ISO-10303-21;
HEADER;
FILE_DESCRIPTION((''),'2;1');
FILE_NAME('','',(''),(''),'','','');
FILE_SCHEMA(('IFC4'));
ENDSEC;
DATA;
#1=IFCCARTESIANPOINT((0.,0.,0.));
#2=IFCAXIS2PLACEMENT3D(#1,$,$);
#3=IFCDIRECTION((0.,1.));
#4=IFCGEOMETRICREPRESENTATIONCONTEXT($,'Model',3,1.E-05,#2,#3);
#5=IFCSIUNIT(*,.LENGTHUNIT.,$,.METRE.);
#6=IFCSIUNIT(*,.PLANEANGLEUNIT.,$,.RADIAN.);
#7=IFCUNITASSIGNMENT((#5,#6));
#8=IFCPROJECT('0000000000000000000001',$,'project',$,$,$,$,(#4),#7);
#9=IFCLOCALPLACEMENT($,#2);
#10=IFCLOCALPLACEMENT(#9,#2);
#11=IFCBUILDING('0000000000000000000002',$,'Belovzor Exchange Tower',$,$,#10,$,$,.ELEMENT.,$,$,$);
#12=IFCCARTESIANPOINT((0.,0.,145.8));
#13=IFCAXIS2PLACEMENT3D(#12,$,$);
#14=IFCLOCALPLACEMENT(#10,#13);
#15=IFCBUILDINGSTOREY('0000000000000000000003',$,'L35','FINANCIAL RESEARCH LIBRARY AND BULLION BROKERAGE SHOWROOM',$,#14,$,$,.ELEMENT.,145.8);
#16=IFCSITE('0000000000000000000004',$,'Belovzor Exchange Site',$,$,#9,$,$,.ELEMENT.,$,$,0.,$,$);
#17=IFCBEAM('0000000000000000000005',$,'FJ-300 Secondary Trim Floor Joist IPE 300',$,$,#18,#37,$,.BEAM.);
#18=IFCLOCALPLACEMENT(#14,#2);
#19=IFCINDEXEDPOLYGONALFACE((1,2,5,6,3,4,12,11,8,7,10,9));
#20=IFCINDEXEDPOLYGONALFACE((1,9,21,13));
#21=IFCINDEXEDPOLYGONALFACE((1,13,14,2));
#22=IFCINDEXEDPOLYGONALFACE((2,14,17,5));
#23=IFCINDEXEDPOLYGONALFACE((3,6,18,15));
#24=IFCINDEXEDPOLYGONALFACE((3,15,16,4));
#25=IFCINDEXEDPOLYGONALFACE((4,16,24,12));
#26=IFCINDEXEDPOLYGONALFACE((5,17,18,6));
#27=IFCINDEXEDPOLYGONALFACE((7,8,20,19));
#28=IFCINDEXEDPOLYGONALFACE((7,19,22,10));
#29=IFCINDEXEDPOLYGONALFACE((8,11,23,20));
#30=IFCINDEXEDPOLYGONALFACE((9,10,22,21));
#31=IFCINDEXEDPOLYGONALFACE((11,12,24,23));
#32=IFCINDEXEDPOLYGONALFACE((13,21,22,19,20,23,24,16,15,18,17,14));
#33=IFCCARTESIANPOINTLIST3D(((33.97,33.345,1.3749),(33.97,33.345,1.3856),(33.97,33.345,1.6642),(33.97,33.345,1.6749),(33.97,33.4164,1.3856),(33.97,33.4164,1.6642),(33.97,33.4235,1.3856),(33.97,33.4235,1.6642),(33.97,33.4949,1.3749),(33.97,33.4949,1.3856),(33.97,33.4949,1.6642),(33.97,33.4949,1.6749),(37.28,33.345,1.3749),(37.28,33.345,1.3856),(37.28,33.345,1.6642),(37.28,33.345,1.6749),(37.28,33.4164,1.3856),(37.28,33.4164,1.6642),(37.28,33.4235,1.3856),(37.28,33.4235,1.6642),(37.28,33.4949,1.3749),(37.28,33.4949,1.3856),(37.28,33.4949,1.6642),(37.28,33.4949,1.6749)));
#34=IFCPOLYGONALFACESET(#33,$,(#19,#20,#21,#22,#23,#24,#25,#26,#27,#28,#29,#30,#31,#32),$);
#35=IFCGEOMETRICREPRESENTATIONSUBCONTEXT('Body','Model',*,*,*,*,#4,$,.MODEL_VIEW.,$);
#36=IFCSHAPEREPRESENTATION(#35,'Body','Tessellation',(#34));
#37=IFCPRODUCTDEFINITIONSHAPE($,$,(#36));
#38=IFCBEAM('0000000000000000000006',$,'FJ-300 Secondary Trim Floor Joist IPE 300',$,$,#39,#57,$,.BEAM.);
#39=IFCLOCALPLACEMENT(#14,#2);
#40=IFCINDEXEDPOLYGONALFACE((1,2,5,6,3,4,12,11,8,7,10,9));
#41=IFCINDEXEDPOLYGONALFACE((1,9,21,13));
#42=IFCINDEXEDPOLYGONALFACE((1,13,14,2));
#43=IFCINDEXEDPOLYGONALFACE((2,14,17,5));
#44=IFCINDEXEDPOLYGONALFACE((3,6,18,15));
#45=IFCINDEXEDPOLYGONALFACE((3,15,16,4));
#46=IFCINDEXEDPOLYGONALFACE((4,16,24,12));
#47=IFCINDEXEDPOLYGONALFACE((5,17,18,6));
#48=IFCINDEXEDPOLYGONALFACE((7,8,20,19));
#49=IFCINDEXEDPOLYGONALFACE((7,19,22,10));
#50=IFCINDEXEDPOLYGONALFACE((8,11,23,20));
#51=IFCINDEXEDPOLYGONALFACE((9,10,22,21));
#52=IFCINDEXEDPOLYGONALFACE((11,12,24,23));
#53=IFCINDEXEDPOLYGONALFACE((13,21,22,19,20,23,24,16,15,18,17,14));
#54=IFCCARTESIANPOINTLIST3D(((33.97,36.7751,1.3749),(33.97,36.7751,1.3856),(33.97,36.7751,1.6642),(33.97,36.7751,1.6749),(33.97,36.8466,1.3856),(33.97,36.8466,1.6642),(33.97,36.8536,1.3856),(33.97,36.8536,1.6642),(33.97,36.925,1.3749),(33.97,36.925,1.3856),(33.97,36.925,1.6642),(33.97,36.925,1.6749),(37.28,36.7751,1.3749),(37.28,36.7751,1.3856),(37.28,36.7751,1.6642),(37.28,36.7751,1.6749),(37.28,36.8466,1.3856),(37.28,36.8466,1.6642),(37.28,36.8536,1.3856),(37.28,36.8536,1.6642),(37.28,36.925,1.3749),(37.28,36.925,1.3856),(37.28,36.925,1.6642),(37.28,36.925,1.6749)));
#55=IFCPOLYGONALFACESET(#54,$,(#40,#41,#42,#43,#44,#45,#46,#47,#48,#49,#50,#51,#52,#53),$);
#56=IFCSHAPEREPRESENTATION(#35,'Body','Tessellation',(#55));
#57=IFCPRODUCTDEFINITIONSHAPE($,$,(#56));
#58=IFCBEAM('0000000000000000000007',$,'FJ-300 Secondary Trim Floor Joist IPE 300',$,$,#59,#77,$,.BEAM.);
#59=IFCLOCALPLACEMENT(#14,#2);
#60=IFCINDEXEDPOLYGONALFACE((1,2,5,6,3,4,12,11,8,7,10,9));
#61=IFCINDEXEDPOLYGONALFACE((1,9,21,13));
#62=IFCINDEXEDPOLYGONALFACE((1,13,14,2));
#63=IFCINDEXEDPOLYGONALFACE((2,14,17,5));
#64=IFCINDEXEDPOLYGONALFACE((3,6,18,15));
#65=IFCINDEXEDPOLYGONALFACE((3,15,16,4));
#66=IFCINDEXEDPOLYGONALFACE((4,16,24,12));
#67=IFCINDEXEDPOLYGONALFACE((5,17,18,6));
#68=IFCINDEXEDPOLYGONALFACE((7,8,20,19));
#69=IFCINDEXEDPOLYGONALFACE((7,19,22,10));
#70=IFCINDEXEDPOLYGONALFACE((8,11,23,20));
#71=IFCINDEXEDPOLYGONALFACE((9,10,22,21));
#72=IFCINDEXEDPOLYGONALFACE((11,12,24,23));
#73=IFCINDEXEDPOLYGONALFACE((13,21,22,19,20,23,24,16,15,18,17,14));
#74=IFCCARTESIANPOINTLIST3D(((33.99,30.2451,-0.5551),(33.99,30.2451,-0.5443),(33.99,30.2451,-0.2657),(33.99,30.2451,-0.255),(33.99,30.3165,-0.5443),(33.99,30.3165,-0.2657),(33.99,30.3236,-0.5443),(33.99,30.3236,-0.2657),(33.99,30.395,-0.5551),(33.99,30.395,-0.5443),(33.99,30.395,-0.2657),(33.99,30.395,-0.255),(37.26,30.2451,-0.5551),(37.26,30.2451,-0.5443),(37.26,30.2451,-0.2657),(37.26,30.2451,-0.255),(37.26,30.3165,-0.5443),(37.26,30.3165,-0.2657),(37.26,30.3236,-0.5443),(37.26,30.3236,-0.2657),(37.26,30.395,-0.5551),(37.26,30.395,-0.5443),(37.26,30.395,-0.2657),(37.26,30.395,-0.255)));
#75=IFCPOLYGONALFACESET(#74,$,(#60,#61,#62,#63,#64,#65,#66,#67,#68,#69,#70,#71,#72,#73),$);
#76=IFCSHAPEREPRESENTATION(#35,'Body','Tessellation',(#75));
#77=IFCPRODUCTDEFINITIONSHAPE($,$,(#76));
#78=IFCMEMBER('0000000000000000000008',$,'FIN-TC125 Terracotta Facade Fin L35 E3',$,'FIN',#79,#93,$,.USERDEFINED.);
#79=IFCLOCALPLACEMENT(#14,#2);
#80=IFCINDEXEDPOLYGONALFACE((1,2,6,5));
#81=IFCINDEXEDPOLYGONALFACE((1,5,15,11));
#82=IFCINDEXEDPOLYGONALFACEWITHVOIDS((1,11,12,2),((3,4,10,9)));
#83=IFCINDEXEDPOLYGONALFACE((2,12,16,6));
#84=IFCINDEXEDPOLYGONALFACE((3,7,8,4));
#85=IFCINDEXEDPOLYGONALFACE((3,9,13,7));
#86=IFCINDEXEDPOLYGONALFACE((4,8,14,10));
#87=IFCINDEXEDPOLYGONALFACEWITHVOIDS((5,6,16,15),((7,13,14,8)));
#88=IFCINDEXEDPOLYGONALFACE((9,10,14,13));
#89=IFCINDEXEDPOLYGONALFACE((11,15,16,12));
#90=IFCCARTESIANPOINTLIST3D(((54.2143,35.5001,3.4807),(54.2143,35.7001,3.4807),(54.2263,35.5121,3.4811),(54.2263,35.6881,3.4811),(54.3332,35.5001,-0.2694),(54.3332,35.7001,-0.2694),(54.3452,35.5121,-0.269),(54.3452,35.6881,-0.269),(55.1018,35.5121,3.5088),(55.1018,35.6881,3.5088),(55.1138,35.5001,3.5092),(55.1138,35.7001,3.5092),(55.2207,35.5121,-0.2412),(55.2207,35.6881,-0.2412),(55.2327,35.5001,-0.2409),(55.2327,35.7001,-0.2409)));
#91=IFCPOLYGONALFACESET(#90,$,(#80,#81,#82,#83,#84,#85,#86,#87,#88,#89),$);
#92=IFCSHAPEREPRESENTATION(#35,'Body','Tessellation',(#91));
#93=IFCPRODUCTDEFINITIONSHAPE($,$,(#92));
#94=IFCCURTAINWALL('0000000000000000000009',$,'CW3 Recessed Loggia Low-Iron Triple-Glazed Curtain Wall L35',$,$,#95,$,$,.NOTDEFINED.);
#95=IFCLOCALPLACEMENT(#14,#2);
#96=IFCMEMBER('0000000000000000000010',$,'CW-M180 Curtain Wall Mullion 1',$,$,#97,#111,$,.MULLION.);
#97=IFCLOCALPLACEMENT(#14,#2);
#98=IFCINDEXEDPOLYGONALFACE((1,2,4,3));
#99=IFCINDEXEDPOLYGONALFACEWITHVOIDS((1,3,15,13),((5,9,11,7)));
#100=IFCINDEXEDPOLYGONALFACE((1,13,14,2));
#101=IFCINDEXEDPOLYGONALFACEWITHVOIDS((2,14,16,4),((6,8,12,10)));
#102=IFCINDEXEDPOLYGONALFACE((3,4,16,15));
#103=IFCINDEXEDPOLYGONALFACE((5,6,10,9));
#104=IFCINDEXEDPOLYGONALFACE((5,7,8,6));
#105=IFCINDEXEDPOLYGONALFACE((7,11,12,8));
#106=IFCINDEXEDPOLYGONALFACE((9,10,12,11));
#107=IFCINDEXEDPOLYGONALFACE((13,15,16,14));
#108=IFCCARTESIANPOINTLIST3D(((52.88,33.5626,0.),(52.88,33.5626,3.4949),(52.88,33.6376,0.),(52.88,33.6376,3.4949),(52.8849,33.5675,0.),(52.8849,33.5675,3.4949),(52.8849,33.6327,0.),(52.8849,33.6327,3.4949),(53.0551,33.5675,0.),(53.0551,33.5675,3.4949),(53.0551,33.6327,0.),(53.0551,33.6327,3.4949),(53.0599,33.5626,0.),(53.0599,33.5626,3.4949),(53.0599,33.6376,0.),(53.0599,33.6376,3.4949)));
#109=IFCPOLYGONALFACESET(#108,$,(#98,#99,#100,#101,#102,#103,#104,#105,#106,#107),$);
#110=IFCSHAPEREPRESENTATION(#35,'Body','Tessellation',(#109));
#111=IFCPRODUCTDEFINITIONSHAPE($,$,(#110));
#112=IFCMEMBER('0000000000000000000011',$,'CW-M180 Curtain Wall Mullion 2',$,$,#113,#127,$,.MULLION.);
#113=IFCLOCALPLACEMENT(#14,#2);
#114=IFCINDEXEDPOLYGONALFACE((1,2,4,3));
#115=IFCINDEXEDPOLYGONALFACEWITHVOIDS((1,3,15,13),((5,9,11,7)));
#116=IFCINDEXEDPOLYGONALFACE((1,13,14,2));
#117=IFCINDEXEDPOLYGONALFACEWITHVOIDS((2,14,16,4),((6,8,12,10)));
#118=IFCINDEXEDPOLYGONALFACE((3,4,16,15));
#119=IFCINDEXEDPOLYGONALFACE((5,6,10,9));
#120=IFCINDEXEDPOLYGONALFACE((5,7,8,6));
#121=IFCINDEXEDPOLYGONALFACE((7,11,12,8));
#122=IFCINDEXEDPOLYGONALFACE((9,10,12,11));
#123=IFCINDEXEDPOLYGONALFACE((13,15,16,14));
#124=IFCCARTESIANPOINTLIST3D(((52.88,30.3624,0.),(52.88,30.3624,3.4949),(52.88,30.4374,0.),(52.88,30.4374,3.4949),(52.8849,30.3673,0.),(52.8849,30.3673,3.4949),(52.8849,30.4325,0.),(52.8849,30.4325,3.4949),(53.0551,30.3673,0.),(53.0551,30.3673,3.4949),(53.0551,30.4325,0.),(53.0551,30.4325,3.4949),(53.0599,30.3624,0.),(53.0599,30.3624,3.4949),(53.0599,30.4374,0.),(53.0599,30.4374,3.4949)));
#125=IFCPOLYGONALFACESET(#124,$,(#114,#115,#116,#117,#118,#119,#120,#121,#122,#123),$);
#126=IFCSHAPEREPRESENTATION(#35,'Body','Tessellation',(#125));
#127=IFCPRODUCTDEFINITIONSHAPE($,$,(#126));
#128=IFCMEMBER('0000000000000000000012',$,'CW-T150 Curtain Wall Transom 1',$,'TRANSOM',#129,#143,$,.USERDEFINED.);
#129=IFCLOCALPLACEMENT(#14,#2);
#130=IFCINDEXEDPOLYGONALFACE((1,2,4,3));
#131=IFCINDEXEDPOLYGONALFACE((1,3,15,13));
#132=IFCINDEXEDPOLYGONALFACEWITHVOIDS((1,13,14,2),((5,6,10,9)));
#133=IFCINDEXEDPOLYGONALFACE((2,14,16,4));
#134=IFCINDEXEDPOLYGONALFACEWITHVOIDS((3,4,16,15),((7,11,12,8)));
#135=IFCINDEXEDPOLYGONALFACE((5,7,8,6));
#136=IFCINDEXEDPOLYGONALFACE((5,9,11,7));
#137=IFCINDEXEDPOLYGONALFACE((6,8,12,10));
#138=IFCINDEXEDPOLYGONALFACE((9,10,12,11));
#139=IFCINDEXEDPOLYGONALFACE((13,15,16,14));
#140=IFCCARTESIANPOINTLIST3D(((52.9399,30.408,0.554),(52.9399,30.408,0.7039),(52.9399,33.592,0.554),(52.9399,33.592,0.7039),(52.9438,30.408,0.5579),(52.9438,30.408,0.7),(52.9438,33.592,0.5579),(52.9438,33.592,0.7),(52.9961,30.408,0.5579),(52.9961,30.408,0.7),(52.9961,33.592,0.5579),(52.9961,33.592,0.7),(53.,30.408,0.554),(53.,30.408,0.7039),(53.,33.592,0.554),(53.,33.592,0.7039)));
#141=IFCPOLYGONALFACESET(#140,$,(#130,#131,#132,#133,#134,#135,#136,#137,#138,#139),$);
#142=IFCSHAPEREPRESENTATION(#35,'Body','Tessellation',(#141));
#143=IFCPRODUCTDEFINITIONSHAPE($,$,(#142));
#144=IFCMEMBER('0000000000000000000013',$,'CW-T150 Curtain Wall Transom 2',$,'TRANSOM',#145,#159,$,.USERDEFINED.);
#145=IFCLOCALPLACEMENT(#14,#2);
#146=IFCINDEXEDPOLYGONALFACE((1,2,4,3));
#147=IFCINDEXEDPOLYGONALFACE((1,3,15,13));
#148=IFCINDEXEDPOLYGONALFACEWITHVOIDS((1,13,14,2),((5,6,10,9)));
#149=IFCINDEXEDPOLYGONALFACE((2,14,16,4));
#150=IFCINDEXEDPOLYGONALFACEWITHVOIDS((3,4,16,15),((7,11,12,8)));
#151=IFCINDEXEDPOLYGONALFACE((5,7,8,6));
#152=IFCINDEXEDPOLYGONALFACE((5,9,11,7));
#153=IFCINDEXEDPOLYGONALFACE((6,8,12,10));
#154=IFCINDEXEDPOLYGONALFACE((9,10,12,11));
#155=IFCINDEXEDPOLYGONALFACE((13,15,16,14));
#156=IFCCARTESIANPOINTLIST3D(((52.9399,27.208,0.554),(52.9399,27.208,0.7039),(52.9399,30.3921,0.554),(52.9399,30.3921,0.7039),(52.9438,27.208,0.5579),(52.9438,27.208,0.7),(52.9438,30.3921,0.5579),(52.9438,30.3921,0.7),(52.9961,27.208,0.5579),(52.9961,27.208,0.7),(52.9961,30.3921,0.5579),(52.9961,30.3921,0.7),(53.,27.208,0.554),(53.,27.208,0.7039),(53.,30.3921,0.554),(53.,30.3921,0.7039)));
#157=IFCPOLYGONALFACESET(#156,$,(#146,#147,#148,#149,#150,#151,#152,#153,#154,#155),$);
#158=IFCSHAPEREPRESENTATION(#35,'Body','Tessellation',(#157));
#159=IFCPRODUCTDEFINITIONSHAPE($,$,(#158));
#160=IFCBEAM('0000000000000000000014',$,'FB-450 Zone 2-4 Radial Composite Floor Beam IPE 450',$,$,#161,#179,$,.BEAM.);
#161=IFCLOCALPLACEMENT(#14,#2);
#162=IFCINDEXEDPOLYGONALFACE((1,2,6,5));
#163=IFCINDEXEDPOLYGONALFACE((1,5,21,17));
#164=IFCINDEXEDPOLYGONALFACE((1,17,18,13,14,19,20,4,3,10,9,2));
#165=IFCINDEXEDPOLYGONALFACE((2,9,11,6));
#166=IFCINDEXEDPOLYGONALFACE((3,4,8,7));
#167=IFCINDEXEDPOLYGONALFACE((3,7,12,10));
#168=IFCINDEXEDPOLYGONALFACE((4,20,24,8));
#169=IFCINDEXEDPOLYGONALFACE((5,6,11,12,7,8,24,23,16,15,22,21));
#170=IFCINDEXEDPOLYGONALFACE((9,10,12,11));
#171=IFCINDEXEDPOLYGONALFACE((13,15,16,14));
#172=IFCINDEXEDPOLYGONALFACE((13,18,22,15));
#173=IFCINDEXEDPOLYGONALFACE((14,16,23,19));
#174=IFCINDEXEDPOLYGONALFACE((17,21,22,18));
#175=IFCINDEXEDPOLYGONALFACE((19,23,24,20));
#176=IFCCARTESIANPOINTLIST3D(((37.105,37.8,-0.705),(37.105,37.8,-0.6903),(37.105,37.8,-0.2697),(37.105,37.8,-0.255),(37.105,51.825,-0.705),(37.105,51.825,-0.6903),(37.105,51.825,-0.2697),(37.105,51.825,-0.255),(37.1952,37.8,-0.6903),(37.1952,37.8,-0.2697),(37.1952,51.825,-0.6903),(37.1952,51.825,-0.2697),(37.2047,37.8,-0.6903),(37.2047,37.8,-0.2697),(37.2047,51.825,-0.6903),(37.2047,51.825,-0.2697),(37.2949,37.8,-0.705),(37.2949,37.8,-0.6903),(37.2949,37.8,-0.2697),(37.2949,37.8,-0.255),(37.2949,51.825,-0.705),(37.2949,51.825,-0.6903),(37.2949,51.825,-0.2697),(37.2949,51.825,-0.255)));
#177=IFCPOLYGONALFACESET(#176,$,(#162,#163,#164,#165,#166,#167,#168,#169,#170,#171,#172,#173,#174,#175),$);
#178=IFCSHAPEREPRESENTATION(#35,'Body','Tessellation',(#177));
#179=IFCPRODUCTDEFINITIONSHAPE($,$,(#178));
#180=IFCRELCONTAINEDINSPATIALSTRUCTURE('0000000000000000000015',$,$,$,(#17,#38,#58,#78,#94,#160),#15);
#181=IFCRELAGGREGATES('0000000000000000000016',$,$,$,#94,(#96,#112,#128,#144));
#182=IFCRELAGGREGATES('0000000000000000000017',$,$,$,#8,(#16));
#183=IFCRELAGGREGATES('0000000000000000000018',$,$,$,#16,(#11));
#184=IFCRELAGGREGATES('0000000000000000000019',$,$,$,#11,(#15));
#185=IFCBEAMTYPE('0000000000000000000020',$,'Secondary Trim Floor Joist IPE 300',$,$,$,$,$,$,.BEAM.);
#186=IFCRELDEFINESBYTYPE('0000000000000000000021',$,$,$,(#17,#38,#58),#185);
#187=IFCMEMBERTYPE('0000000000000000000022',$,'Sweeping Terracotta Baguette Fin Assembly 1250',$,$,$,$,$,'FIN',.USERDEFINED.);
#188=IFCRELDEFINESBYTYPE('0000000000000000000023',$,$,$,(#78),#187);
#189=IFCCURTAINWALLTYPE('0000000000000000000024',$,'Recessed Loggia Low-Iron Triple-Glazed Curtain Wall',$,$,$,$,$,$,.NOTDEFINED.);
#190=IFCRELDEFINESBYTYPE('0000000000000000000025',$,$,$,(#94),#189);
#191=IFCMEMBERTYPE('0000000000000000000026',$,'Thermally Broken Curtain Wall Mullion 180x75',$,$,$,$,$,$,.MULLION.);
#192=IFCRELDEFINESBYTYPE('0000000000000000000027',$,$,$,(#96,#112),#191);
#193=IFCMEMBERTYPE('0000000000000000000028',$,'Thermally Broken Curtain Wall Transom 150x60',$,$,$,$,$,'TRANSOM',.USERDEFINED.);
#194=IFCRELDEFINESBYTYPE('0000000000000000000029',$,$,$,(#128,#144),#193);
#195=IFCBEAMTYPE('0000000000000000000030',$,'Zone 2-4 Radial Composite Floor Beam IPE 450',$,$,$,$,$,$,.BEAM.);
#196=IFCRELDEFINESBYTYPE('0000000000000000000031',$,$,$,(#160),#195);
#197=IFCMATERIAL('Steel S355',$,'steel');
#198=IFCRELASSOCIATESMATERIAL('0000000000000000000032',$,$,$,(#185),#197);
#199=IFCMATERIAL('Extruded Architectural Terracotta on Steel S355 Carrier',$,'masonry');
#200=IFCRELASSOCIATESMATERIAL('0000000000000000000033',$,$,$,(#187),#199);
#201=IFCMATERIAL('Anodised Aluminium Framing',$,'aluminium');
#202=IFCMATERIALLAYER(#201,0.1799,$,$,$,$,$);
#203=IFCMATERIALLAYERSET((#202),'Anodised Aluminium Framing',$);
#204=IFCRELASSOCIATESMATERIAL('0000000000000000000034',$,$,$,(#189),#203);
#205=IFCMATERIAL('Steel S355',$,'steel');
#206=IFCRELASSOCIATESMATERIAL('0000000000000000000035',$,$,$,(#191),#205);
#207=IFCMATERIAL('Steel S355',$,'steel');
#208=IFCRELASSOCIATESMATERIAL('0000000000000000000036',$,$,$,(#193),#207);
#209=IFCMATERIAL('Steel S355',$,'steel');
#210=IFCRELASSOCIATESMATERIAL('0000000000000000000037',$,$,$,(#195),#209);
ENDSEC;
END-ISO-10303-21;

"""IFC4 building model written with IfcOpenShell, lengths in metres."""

from ifc_helpers import new_model, si_unit, direction, frame, origin, origin_2d, place, context, subcontext, project, spatial, hollow_rectangle, i_section, extrude, material, layer, layer_set, material_profile, profile_set, type_object, element, aggregate, save


model = new_model("IFC4")

# Units and contexts
model_context = context("Model", 3, precision=1e-05, world=origin(), true_north=direction((0.0, 1.0)))
body_context = subcontext(model_context, "Body", "Model", "MODEL_VIEW")
ifc_project = project(units=[si_unit("LENGTHUNIT", "METRE"), si_unit("PLANEANGLEUNIT", "RADIAN")], contexts=[model_context])

# Site, building, storey
site_placement = place(None, origin())
site = spatial("IfcSite", under=ifc_project, at=site_placement, Name="Belovzor Exchange Site", CompositionType="ELEMENT", RefElevation=0.0)
building_placement = place(site_placement, origin())
building = spatial("IfcBuilding", under=site, at=building_placement, Name="Belovzor Exchange Tower", CompositionType="ELEMENT")
storey_placement = place(building_placement, frame((0.0, 0.0, 145.8)))
storey = spatial("IfcBuildingStorey", under=building, at=storey_placement, Name="L35", Description="FINANCIAL RESEARCH LIBRARY AND BULLION BROKERAGE SHOWROOM", CompositionType="ELEMENT", Elevation=145.8)

# Beams
ifc_material_1 = material(Name="Steel S355", Category="steel")
ifc_material_profile_1 = material_profile(ifc_material_1, i_section(OverallWidth=0.1499, OverallDepth=0.3, WebThickness=0.0071, FlangeThickness=0.0107, at=origin_2d()))
ifc_profile_set_1 = profile_set([ifc_material_profile_1], Name="Steel S355")
beam_type_1 = type_object("IfcBeamType", Name="Secondary Trim Floor Joist IPE 300", PredefinedType="BEAM", material=ifc_profile_set_1)
for number, where, z_axis, x_axis, name in (
    (1, (37.28, 33.4199, 1.5249), (-1.0, 0.0, 0.0), (0.0, -1.0, 0.0), "FJ-300 Secondary Trim Floor Joist IPE 300"),
    (2, (37.28, 36.8501, 1.5249), (-1.0, 0.0, 0.0), (0.0, -1.0, 0.0), "FJ-300 Secondary Trim Floor Joist IPE 300"),
):
    element("IfcBeam", number, at=place(storey_placement, frame(where, z_axis=z_axis, x_axis=x_axis)), inside=storey, type_object=beam_type_1, Name=name, PredefinedType="BEAM", context=body_context, shape_type="SweptSolid", body=[
        extrude(i_section(OverallWidth=0.1499, OverallDepth=0.3, WebThickness=0.0071, FlangeThickness=0.0107, at=origin_2d()), origin(), (0.0, 0.0, 1.0), 3.3101),
    ])
beam_1_placement = place(storey_placement, frame((37.26, 30.3201, -0.405), z_axis=(-1.0, 0.0, 0.0), x_axis=(0.0, -1.0, 0.0)))
element("IfcBeam", 3, at=beam_1_placement, inside=storey, type_object=beam_type_1, Name="FJ-300 Secondary Trim Floor Joist IPE 300", PredefinedType="BEAM", context=body_context, shape_type="SweptSolid", body=[
    extrude(i_section(OverallWidth=0.1499, OverallDepth=0.3, WebThickness=0.0071, FlangeThickness=0.0107, at=origin_2d()), origin(), (0.0, 0.0, 1.0), 3.27),
])

# Member
ifc_material_2 = material(Name="Extruded Architectural Terracotta on Steel S355 Carrier", Category="masonry")
ifc_material_profile_2 = material_profile(ifc_material_2, hollow_rectangle(XDim=0.2, YDim=0.8999, WallThickness=0.012, at=origin_2d()))
ifc_profile_set_2 = profile_set([ifc_material_profile_2], Name="Extruded Architectural Terracotta on Steel S355 Carrier")
member_type_1 = type_object("IfcMemberType", Name="Sweeping Terracotta Baguette Fin Assembly 1250", ElementType="FIN", PredefinedType="USERDEFINED", material=ifc_profile_set_2)
member_1_placement = place(storey_placement, frame((54.783, 35.6001, -0.2551), z_axis=(-0.03169, 0.0, 0.999498), x_axis=(0.0, -1.0, 0.0)))
element("IfcMember", 4, at=member_1_placement, inside=storey, type_object=member_type_1, Name="FIN-TC125 Terracotta Facade Fin L35 E3", ObjectType="FIN", PredefinedType="USERDEFINED", context=body_context, shape_type="SweptSolid", body=[
    extrude(hollow_rectangle(XDim=0.2, YDim=0.8999, WallThickness=0.012, at=origin_2d()), origin(), (0.0, 0.0, 1.0), 3.752),
])

# Curtain wall, members
ifc_material_3 = material(Name="Anodised Aluminium Framing", Category="aluminium")
ifc_layer_1 = layer(ifc_material_3, 0.1799)
ifc_layer_set_1 = layer_set([ifc_layer_1], Name="Anodised Aluminium Framing")
curtain_wall_type = type_object("IfcCurtainWallType", Name="Recessed Loggia Low-Iron Triple-Glazed Curtain Wall", PredefinedType="NOTDEFINED", material=ifc_layer_set_1)
curtain_wall_placement = place(storey_placement, origin())
curtain_wall = element("IfcCurtainWall", 5, at=curtain_wall_placement, inside=storey, type_object=curtain_wall_type, Name="CW3 Recessed Loggia Low-Iron Triple-Glazed Curtain Wall L35", PredefinedType="NOTDEFINED")
ifc_material_4 = material(Name="Steel S355", Category="steel")
ifc_material_profile_3 = material_profile(ifc_material_4, hollow_rectangle(XDim=0.075, YDim=0.1799, WallThickness=0.0049, at=origin_2d()))
ifc_profile_set_3 = profile_set([ifc_material_profile_3], Name="Steel S355")
member_type_2 = type_object("IfcMemberType", Name="Thermally Broken Curtain Wall Mullion 180x75", PredefinedType="MULLION", material=ifc_profile_set_3)
member_2_placement = place(storey_placement, frame((52.97, 33.6001, 0.0), z_axis=(0.0, 0.0, 1.0), x_axis=(0.0, -1.0, 0.0)))
member_2 = element("IfcMember", 6, at=member_2_placement, type_object=member_type_2, Name="CW-M180 Curtain Wall Mullion 1", PredefinedType="MULLION", context=body_context, shape_type="SweptSolid", body=[
    extrude(hollow_rectangle(XDim=0.075, YDim=0.1799, WallThickness=0.0049, at=origin_2d()), origin(), (0.0, 0.0, 1.0), 3.4949),
])
member_3_placement = place(storey_placement, frame((52.97, 30.3999, 0.0), z_axis=(0.0, 0.0, 1.0), x_axis=(0.0, -1.0, 0.0)))
member_3 = element("IfcMember", 7, at=member_3_placement, type_object=member_type_2, Name="CW-M180 Curtain Wall Mullion 2", PredefinedType="MULLION", context=body_context, shape_type="SweptSolid", body=[
    extrude(hollow_rectangle(XDim=0.075, YDim=0.1799, WallThickness=0.0049, at=origin_2d()), origin(), (0.0, 0.0, 1.0), 3.4949),
])
ifc_material_5 = material(Name="Steel S355", Category="steel")
ifc_material_profile_4 = material_profile(ifc_material_5, hollow_rectangle(XDim=0.0601, YDim=0.1499, WallThickness=0.0039, at=origin_2d()))
ifc_profile_set_4 = profile_set([ifc_material_profile_4], Name="Steel S355")
member_type_3 = type_object("IfcMemberType", Name="Thermally Broken Curtain Wall Transom 150x60", ElementType="TRANSOM", PredefinedType="USERDEFINED", material=ifc_profile_set_4)
member_4_placement = place(storey_placement, frame((52.97, 33.592, 0.6289), z_axis=(0.0, -1.0, 0.0), x_axis=(1.0, 0.0, 0.0)))
member_4 = element("IfcMember", 8, at=member_4_placement, type_object=member_type_3, Name="CW-T150 Curtain Wall Transom 1", ObjectType="TRANSOM", PredefinedType="USERDEFINED", context=body_context, shape_type="SweptSolid", body=[
    extrude(hollow_rectangle(XDim=0.0601, YDim=0.1499, WallThickness=0.0039, at=origin_2d()), origin(), (0.0, 0.0, 1.0), 3.1841),
])
member_5_placement = place(storey_placement, frame((52.97, 30.3921, 0.6289), z_axis=(0.0, -1.0, 0.0), x_axis=(1.0, 0.0, 0.0)))
member_5 = element("IfcMember", 9, at=member_5_placement, type_object=member_type_3, Name="CW-T150 Curtain Wall Transom 2", ObjectType="TRANSOM", PredefinedType="USERDEFINED", context=body_context, shape_type="SweptSolid", body=[
    extrude(hollow_rectangle(XDim=0.0601, YDim=0.1499, WallThickness=0.0039, at=origin_2d()), origin(), (0.0, 0.0, 1.0), 3.1841),
])

# Beam
ifc_material_6 = material(Name="Steel S355", Category="steel")
ifc_material_profile_5 = material_profile(ifc_material_6, i_section(OverallWidth=0.1899, OverallDepth=0.45, WebThickness=0.0095, FlangeThickness=0.0146, at=origin_2d()))
ifc_profile_set_5 = profile_set([ifc_material_profile_5], Name="Steel S355")
beam_type_2 = type_object("IfcBeamType", Name="Zone 2-4 Radial Composite Floor Beam IPE 450", PredefinedType="BEAM", material=ifc_profile_set_5)
for number, where, z_axis, x_axis, name in (
    (10, (37.2, 37.8, -0.48), (0.0, 1.0, 0.0), (-1.0, 0.0, 0.0), "FB-450 Zone 2-4 Radial Composite Floor Beam IPE 450"),
):
    element("IfcBeam", number, at=place(storey_placement, frame(where, z_axis=z_axis, x_axis=x_axis)), inside=storey, type_object=beam_type_2, Name=name, PredefinedType="BEAM", context=body_context, shape_type="SweptSolid", body=[
        extrude(i_section(OverallWidth=0.1899, OverallDepth=0.45, WebThickness=0.0095, FlangeThickness=0.0146, at=origin_2d()), origin(), (0.0, 0.0, 1.0), 14.0249),
    ])

aggregate(curtain_wall, [member_2, member_3, member_4, member_5])

save(model, "model.ifc")
